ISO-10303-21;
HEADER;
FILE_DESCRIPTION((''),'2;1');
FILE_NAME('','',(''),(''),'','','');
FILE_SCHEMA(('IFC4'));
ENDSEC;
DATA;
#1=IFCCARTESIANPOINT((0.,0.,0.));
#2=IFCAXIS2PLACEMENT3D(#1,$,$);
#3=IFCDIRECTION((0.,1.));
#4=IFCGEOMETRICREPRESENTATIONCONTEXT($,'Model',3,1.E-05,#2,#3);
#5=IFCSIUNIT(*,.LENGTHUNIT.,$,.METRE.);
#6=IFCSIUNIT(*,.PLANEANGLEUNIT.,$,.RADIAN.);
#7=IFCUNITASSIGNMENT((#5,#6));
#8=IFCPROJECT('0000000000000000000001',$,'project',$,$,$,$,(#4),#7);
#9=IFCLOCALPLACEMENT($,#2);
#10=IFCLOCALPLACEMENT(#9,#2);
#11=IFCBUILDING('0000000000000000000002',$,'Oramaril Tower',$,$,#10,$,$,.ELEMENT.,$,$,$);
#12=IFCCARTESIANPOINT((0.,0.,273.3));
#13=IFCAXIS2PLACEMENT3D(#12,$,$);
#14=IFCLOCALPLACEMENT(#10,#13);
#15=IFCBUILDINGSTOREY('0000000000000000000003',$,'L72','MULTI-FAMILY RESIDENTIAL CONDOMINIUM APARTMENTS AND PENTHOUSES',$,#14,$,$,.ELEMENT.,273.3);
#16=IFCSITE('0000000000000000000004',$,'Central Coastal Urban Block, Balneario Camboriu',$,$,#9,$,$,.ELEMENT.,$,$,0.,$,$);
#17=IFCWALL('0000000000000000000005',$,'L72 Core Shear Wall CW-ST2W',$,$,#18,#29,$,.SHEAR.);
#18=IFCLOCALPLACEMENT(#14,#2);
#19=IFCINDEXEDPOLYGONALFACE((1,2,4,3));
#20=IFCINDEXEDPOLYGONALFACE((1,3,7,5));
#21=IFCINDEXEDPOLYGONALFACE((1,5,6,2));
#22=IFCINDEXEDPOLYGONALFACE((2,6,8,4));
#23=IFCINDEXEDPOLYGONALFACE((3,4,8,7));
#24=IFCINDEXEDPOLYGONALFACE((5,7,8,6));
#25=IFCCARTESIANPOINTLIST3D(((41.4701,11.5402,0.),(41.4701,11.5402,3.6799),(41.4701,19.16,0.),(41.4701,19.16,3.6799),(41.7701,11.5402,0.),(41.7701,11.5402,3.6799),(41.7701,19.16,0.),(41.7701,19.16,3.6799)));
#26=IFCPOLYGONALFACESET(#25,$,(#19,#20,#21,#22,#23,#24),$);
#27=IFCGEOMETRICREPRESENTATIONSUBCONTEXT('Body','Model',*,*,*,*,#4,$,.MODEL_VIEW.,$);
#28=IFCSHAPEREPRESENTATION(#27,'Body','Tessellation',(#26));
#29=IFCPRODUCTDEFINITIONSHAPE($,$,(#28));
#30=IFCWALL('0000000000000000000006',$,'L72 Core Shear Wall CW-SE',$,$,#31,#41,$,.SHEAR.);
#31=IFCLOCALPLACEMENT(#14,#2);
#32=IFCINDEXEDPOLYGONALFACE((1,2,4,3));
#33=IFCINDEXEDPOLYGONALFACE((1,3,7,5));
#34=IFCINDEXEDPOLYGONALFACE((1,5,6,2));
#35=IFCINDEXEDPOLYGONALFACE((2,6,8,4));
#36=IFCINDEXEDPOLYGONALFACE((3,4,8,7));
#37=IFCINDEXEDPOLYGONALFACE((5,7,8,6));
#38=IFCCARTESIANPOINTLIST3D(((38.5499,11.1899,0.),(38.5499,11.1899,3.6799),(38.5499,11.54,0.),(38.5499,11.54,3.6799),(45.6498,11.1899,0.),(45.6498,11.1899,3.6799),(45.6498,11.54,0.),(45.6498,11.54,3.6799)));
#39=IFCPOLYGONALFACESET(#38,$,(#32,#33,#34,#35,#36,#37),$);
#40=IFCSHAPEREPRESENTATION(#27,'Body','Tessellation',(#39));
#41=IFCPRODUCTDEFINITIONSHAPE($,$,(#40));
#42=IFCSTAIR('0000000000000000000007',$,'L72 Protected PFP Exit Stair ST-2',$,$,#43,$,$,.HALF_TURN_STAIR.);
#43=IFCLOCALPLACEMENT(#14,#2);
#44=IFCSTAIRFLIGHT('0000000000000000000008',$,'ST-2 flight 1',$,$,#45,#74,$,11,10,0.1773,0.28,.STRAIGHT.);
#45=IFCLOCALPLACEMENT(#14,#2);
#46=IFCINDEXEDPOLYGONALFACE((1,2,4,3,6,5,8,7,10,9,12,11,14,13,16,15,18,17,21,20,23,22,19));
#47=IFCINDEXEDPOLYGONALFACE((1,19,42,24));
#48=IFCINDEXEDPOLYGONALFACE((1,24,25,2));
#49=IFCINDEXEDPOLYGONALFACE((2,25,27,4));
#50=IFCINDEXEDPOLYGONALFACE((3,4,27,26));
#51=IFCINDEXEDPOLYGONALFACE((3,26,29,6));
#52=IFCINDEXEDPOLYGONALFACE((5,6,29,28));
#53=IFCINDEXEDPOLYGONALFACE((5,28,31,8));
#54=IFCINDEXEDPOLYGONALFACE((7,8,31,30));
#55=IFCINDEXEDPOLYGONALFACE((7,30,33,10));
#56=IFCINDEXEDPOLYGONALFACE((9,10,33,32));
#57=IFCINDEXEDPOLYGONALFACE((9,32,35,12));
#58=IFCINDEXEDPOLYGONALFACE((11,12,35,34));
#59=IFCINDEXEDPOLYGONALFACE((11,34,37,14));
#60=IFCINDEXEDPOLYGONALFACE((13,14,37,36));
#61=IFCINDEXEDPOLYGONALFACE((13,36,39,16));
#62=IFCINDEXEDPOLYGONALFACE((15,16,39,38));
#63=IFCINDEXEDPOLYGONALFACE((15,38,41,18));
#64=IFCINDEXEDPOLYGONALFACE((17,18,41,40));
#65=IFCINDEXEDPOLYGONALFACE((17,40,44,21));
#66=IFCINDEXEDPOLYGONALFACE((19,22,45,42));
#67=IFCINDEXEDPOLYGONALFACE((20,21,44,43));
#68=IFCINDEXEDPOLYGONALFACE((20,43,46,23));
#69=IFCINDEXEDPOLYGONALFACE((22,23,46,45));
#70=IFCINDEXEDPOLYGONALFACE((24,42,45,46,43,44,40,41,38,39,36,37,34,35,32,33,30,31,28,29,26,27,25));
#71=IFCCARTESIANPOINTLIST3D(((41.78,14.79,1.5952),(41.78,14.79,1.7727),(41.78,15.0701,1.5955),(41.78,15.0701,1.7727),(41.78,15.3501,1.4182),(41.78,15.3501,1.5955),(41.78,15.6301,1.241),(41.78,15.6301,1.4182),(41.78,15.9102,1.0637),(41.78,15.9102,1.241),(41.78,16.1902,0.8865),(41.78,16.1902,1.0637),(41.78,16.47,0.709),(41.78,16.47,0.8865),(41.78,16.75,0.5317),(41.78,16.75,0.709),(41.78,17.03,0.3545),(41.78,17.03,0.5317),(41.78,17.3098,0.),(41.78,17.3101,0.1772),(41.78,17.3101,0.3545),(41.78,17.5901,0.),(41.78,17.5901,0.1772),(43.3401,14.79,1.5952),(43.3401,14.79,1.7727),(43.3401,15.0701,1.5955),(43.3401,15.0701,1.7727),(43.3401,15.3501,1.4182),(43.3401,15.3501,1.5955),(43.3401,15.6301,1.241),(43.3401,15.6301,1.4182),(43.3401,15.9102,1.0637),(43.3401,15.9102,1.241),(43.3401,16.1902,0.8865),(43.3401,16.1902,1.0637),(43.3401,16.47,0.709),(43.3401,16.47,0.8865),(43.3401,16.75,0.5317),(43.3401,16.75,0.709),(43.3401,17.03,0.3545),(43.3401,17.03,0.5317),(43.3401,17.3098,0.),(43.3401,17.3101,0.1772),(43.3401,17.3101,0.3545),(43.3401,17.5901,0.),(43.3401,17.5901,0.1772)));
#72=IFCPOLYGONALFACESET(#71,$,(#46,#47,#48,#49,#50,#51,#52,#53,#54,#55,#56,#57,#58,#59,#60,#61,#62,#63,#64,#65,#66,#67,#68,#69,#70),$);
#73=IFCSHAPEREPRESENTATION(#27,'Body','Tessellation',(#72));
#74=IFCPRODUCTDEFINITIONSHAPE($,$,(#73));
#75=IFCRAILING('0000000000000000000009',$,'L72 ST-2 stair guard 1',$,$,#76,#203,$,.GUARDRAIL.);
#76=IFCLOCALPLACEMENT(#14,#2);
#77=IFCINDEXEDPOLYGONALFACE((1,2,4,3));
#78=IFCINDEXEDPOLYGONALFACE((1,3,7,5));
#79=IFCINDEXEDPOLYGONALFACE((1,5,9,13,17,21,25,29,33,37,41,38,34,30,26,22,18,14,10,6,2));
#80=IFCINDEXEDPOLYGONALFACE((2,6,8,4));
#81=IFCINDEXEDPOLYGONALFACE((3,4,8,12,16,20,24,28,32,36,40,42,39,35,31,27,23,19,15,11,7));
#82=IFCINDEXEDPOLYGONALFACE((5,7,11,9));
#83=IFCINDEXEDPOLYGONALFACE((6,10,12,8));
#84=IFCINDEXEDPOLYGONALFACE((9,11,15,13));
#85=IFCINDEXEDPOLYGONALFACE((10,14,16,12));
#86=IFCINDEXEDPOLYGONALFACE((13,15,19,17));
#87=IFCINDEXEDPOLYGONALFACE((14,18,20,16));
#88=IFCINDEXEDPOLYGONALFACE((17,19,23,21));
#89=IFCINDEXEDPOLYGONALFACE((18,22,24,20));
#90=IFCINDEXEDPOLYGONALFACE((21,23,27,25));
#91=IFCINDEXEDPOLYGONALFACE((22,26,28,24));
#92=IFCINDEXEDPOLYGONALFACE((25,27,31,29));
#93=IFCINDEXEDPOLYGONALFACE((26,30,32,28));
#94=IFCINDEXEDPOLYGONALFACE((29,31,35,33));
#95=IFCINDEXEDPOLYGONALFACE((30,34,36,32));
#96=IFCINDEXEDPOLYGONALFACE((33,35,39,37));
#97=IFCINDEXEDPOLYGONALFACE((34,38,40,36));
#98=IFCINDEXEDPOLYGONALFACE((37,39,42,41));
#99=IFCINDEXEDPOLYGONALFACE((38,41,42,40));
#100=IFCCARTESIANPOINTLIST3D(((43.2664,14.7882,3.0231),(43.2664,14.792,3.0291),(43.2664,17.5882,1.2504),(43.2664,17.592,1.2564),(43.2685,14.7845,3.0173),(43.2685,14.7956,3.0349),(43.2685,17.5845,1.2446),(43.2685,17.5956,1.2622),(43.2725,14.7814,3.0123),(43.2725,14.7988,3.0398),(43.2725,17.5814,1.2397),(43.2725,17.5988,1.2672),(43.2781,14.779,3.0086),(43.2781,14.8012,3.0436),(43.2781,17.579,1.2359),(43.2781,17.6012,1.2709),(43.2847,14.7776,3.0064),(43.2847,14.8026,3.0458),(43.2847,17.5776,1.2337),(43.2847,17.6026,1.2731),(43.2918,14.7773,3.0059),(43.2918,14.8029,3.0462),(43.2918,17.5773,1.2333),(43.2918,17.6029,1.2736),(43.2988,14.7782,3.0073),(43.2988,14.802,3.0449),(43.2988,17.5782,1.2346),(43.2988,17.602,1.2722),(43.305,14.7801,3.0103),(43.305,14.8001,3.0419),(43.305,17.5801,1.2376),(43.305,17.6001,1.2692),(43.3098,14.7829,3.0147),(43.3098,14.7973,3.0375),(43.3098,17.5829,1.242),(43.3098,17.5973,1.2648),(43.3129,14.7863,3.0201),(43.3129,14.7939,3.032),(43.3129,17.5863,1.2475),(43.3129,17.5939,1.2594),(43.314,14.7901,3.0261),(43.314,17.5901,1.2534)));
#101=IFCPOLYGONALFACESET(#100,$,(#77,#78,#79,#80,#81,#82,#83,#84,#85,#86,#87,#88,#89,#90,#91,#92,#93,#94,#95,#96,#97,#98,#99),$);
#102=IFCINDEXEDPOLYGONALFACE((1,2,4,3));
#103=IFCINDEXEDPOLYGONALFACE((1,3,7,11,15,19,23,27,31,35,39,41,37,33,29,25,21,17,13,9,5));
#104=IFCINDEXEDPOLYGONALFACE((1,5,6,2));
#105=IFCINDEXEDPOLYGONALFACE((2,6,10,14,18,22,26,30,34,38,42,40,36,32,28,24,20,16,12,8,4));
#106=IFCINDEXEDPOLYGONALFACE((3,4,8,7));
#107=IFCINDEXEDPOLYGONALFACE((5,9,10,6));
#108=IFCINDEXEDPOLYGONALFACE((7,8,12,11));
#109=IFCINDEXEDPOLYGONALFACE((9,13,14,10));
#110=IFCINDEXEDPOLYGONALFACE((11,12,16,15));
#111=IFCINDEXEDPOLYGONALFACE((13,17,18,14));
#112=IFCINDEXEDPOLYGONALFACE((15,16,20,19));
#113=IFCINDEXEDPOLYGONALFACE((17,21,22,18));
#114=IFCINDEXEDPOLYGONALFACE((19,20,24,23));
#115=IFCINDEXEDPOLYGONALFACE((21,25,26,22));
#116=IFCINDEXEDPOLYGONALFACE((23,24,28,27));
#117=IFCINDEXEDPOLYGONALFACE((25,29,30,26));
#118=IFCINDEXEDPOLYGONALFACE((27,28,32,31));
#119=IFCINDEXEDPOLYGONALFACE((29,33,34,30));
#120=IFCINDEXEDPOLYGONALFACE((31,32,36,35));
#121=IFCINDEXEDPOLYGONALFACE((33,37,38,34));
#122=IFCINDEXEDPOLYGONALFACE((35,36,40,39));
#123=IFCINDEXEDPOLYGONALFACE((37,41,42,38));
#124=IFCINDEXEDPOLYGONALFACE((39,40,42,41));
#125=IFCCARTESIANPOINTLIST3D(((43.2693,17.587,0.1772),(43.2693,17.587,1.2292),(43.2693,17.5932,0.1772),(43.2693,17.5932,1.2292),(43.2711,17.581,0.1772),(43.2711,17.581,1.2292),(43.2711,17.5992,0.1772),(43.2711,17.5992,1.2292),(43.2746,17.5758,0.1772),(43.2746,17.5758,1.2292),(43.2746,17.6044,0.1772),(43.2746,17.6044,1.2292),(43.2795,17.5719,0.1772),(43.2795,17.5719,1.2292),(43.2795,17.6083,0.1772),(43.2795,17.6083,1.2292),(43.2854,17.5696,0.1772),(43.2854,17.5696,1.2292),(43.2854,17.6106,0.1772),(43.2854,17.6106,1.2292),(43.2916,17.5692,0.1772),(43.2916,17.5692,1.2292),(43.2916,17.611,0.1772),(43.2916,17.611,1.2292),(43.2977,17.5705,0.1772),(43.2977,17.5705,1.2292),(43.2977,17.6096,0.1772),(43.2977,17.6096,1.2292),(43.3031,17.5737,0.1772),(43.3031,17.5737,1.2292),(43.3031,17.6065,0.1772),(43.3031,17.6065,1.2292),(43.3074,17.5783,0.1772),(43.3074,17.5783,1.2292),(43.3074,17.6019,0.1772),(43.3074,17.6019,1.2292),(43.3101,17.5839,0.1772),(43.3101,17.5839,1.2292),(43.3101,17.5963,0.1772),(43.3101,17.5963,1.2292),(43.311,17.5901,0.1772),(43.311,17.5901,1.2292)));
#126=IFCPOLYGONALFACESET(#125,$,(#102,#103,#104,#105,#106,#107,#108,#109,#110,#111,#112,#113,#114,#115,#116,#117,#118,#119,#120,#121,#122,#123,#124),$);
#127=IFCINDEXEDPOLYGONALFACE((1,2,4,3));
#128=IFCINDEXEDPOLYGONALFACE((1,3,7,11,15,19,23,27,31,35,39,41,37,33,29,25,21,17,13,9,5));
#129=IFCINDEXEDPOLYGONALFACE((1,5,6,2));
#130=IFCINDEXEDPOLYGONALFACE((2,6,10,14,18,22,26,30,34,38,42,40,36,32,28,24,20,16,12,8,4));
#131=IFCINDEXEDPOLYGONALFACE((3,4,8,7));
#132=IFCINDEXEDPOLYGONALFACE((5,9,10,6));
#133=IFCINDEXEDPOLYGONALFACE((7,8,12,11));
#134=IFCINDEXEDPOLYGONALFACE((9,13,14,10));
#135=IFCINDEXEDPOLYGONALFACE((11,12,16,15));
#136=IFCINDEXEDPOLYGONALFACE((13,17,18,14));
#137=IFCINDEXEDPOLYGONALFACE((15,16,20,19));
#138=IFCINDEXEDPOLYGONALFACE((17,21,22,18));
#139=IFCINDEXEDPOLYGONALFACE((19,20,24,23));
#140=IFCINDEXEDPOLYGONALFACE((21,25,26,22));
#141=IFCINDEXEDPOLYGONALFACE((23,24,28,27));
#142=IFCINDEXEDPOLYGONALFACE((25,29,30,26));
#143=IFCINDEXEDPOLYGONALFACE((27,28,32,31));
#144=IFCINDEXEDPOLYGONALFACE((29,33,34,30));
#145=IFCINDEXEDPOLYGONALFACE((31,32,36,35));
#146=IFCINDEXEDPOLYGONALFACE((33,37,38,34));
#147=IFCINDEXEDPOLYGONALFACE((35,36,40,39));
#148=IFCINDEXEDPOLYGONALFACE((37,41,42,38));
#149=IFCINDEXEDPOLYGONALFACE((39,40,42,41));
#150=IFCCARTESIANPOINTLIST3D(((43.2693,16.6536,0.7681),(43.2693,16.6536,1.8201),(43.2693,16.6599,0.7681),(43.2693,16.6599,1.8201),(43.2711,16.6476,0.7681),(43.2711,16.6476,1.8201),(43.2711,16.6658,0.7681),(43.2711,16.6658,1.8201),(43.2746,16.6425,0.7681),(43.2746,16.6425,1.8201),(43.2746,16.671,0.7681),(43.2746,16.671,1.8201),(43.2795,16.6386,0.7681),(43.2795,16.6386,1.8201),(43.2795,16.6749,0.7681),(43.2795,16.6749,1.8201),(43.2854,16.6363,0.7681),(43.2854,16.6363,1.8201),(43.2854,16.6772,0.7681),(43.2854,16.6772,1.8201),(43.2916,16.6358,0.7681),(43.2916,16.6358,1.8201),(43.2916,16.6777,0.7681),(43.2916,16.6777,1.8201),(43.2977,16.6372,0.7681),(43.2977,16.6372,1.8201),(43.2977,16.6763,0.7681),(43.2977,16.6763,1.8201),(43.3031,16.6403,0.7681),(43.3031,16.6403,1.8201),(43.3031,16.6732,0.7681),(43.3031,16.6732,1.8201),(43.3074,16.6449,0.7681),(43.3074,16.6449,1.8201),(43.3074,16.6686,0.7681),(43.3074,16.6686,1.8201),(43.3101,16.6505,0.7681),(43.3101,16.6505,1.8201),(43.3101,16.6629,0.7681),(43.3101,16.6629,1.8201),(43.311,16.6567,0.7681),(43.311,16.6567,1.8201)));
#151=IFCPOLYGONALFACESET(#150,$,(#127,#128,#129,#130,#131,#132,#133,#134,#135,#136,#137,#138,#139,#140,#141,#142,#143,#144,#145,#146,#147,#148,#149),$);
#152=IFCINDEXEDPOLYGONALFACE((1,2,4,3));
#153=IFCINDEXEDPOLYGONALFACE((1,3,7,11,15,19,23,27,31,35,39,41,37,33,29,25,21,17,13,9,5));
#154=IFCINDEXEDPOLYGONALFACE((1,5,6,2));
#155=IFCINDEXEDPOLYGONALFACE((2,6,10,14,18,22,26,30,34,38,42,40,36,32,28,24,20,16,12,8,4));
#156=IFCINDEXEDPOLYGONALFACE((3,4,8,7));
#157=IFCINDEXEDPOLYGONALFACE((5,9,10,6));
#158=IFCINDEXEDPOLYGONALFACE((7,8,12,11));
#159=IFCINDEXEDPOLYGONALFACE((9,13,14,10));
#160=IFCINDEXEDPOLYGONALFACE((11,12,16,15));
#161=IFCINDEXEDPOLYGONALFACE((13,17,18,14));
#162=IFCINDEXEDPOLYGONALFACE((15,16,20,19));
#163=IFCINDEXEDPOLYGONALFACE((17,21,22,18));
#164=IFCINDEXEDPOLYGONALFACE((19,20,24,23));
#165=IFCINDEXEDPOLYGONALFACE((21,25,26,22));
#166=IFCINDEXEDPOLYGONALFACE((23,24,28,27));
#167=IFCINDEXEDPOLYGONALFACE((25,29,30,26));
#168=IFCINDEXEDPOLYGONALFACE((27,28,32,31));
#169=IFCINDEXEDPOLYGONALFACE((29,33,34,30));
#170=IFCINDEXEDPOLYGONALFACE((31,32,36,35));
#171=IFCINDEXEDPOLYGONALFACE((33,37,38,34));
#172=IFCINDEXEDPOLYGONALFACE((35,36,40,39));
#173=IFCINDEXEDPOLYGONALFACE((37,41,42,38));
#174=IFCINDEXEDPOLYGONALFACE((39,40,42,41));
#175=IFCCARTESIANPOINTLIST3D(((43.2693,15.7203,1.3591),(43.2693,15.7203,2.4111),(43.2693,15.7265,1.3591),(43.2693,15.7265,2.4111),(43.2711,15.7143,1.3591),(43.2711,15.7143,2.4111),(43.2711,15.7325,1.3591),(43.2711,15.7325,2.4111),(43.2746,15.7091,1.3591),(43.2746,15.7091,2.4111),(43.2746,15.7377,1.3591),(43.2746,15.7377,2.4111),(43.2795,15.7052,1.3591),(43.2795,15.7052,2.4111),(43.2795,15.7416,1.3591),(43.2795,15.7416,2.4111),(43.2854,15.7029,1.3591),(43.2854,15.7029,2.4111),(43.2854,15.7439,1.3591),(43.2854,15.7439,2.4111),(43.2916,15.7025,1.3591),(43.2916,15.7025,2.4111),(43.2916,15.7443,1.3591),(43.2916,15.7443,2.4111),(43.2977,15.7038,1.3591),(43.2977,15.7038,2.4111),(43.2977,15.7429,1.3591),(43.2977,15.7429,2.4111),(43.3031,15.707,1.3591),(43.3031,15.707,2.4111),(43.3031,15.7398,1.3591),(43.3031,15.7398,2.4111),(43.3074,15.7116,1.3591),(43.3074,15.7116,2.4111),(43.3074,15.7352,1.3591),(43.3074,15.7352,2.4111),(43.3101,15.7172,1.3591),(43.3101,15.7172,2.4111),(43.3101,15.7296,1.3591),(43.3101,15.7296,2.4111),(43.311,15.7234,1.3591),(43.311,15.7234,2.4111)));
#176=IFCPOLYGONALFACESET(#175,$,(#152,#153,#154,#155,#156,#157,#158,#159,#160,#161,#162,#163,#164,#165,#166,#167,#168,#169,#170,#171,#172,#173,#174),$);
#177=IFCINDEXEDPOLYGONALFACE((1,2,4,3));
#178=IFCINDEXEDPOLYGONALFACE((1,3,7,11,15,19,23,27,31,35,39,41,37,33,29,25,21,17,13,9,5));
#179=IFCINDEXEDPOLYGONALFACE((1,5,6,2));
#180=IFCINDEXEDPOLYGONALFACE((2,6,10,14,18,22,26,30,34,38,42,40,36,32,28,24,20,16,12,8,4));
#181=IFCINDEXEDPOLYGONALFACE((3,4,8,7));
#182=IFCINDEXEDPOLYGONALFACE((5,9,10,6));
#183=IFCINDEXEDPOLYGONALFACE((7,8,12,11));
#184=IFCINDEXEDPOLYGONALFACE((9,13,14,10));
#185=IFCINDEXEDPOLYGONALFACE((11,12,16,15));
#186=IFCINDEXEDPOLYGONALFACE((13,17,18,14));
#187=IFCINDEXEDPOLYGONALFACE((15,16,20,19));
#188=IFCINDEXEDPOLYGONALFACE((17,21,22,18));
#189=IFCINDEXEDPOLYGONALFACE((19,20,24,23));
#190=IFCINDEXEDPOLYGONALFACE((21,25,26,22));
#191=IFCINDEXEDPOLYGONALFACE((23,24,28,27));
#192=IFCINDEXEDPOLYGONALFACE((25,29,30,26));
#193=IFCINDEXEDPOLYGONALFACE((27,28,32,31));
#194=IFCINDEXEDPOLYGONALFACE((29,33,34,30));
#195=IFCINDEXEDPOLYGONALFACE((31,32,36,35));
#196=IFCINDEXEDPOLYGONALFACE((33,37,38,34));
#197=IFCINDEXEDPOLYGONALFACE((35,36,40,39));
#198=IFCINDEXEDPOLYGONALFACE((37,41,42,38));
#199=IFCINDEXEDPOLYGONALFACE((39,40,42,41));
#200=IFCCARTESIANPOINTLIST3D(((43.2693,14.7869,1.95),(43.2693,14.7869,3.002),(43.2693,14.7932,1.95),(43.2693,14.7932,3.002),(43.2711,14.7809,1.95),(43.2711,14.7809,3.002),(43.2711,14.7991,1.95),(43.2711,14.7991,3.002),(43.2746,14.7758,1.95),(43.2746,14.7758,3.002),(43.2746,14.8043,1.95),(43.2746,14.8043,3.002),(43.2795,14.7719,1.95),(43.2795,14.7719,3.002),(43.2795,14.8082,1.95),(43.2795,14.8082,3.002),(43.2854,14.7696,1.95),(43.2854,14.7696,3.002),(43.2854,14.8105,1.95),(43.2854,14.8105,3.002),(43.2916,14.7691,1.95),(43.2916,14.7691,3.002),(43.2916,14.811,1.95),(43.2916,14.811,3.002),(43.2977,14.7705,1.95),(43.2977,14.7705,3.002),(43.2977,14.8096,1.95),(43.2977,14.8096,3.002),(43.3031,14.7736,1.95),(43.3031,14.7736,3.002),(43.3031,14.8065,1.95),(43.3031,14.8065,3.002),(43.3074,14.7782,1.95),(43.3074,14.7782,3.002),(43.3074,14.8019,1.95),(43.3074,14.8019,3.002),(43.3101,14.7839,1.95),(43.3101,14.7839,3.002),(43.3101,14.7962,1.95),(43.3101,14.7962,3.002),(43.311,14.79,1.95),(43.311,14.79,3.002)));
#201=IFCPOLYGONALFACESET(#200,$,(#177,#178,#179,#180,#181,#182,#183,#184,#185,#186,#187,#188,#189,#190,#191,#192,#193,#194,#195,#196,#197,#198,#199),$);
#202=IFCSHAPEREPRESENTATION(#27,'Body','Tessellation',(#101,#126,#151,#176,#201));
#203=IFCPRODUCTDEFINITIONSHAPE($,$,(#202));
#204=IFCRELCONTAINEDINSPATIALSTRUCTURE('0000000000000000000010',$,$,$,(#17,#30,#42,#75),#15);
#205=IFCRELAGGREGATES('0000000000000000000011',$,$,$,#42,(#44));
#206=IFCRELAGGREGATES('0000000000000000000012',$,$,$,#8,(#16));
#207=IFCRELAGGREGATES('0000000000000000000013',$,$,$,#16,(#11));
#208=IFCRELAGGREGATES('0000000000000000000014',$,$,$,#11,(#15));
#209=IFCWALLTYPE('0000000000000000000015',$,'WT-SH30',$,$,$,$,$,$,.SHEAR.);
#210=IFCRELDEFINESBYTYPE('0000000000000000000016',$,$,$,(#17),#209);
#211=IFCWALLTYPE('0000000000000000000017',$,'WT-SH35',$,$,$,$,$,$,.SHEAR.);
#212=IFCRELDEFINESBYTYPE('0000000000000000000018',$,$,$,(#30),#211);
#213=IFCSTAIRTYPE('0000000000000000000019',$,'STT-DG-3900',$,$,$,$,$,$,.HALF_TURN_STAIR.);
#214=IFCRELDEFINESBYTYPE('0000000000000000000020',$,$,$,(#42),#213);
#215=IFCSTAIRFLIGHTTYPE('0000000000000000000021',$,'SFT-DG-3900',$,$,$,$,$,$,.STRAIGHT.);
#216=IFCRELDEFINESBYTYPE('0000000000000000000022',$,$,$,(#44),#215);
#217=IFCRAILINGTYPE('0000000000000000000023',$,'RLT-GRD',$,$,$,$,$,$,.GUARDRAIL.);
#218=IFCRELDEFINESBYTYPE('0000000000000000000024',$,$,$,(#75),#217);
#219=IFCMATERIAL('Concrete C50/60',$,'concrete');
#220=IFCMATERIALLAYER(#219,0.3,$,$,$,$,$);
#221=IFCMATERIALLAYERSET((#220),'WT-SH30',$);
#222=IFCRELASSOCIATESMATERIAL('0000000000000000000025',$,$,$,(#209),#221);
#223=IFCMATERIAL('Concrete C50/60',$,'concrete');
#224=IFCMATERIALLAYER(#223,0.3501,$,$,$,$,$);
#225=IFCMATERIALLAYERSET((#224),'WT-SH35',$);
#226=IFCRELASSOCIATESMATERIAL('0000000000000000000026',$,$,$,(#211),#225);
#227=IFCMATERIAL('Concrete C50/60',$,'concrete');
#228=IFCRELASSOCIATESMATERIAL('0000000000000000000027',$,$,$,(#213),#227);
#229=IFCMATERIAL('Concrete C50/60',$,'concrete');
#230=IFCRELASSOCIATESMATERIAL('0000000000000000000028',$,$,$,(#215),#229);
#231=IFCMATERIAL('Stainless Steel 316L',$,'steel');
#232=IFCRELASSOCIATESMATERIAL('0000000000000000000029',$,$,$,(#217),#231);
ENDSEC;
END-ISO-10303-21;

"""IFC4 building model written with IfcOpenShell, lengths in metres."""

from ifc_helpers import new_model, si_unit, direction, frame, frame_2d, origin, origin_2d, place, context, subcontext, project, spatial, polyline, rectangle, circle, outline, extrude, material, layer, layer_set, type_object, element, aggregate, save


model = new_model("IFC4")

# Units and contexts
model_context = context("Model", 3, precision=1e-05, world=origin(), true_north=direction((0.0, 1.0)))
body_context = subcontext(model_context, "Body", "Model", "MODEL_VIEW")
ifc_project = project(units=[si_unit("LENGTHUNIT", "METRE"), si_unit("PLANEANGLEUNIT", "RADIAN")], contexts=[model_context])

# Site, building, storey
site_placement = place(None, origin())
site = spatial("IfcSite", under=ifc_project, at=site_placement, Name="Central Coastal Urban Block, Balneario Camboriu", CompositionType="ELEMENT", RefElevation=0.0)
building_placement = place(site_placement, origin())
building = spatial("IfcBuilding", under=site, at=building_placement, Name="Oramaril Tower", CompositionType="ELEMENT")
storey_placement = place(building_placement, frame((0.0, 0.0, 273.3)))
storey = spatial("IfcBuildingStorey", under=building, at=storey_placement, Name="L72", Description="MULTI-FAMILY RESIDENTIAL CONDOMINIUM APARTMENTS AND PENTHOUSES", CompositionType="ELEMENT", Elevation=273.3)

# Walls
ifc_material_1 = material(Name="Concrete C50/60", Category="concrete")
ifc_layer_1 = layer(ifc_material_1, 0.3)
ifc_layer_set_1 = layer_set([ifc_layer_1], Name="WT-SH30")
wall_type_1 = type_object("IfcWallType", Name="WT-SH30", PredefinedType="SHEAR", material=ifc_layer_set_1)
wall_1_placement = place(storey_placement, frame((41.6201, 11.54, 0.0), z_axis=(0.0, 0.0, 1.0), x_axis=(0.0, 1.0, 0.0)))
element("IfcWall", 1, at=wall_1_placement, inside=storey, type_object=wall_type_1, Name="L72 Core Shear Wall CW-ST2W", PredefinedType="SHEAR", context=body_context, shape_type="SweptSolid", body=[
    extrude(rectangle(XDim=7.6199, YDim=0.3, at=frame_2d((3.8101, 0.0))), origin(), (0.0, 0.0, 1.0), 3.6799),
])
ifc_material_2 = material(Name="Concrete C50/60", Category="concrete")
ifc_layer_2 = layer(ifc_material_2, 0.3501)
ifc_layer_set_2 = layer_set([ifc_layer_2], Name="WT-SH35")
wall_type_2 = type_object("IfcWallType", Name="WT-SH35", PredefinedType="SHEAR", material=ifc_layer_set_2)
wall_2_placement = place(storey_placement, frame((38.55, 11.365, 0.0), z_axis=(0.0, 0.0, 1.0), x_axis=(1.0, 0.0, 0.0)))
element("IfcWall", 2, at=wall_2_placement, inside=storey, type_object=wall_type_2, Name="L72 Core Shear Wall CW-SE", PredefinedType="SHEAR", context=body_context, shape_type="SweptSolid", body=[
    extrude(rectangle(XDim=7.0999, YDim=0.3501, at=frame_2d((3.5498, 0.0))), origin(), (0.0, 0.0, 1.0), 3.6799),
])

# Stair, stair flight
ifc_material_3 = material(Name="Concrete C50/60", Category="concrete")
stair_type = type_object("IfcStairType", Name="STT-DG-3900", PredefinedType="HALF_TURN_STAIR", material=ifc_material_3)
stair_placement = place(storey_placement, origin())
stair = element("IfcStair", 3, at=stair_placement, inside=storey, type_object=stair_type, Name="L72 Protected PFP Exit Stair ST-2", PredefinedType="HALF_TURN_STAIR")
ifc_material_4 = material(Name="Concrete C50/60", Category="concrete")
stair_flight_type = type_object("IfcStairFlightType", Name="SFT-DG-3900", PredefinedType="STRAIGHT", material=ifc_material_4)
stair_flight_placement = place(storey_placement, frame((42.5601, 17.5901, 0.0), z_axis=(0.0, 0.0, 1.0), x_axis=(0.0, -1.0, 0.0)))
stair_flight = element("IfcStairFlight", 4, at=stair_flight_placement, type_object=stair_flight_type, Name="ST-2 flight 1", NumberOfRisers=11, NumberOfTreads=10, PredefinedType="STRAIGHT", RiserHeight=0.1773, TreadLength=0.28, context=body_context, shape_type="SweptSolid", body=[
    extrude(outline(polyline([(0.0, 0.0), (0.0, 0.1772), (0.28, 0.1772), (0.28, 0.3545), (0.5601, 0.3545), (0.5601, 0.5317), (0.8401, 0.5317), (0.8401, 0.709), (1.1201, 0.709), (1.1201, 0.8865), (1.3999, 0.8865), (1.3999, 1.0637), (1.6799, 1.0637), (1.6799, 1.241), (1.96, 1.241), (1.96, 1.4182), (2.24, 1.4182), (2.24, 1.5955), (2.52, 1.5955), (2.52, 1.7727), (2.8, 1.7727), (2.8, 1.95), (2.8, 1.5952), (0.2803, 0.0), (0.0, 0.0)])), frame((0.0, 0.78, 0.0), z_axis=(0.0, -1.0, 0.0), x_axis=(1.0, 0.0, 0.0)), (0.0, 0.0, 1.0), 1.5601),
])
aggregate(stair, [stair_flight])

# Railing
ifc_material_5 = material(Name="Stainless Steel 316L", Category="steel")
railing_type_1 = type_object("IfcRailingType", Name="RLT-GRD", PredefinedType="GUARDRAIL", material=ifc_material_5)
railing_1_placement = place(storey_placement, frame((43.29, 17.5901, 0.1772)))
element("IfcRailing", 5, at=railing_1_placement, inside=storey, type_object=railing_type_1, Name="L72 ST-2 stair guard 1", PredefinedType="GUARDRAIL", context=body_context, shape_type="SweptSolid", body=[
    extrude(circle(Radius=0.0239, at=origin_2d()), frame((0.0, 0.0, 1.0762), z_axis=(0.0, -0.844909, 0.53491), x_axis=(1.0, 0.0, 0.0)), (0.0, 0.0, 1.0), 3.314),
    extrude(circle(Radius=0.021, at=origin_2d()), origin(), (0.0, 0.0, 1.0), 1.052),
    extrude(circle(Radius=0.021, at=origin_2d()), frame((0.0, -0.9333, 0.5908)), (0.0, 0.0, 1.0), 1.052),
    extrude(circle(Radius=0.021, at=origin_2d()), frame((0.0, -1.8667, 1.1819)), (0.0, 0.0, 1.0), 1.052),
    extrude(circle(Radius=0.021, at=origin_2d()), frame((0.0, -2.8, 1.7727)), (0.0, 0.0, 1.0), 1.052),
])

save(model, "model.ifc")
